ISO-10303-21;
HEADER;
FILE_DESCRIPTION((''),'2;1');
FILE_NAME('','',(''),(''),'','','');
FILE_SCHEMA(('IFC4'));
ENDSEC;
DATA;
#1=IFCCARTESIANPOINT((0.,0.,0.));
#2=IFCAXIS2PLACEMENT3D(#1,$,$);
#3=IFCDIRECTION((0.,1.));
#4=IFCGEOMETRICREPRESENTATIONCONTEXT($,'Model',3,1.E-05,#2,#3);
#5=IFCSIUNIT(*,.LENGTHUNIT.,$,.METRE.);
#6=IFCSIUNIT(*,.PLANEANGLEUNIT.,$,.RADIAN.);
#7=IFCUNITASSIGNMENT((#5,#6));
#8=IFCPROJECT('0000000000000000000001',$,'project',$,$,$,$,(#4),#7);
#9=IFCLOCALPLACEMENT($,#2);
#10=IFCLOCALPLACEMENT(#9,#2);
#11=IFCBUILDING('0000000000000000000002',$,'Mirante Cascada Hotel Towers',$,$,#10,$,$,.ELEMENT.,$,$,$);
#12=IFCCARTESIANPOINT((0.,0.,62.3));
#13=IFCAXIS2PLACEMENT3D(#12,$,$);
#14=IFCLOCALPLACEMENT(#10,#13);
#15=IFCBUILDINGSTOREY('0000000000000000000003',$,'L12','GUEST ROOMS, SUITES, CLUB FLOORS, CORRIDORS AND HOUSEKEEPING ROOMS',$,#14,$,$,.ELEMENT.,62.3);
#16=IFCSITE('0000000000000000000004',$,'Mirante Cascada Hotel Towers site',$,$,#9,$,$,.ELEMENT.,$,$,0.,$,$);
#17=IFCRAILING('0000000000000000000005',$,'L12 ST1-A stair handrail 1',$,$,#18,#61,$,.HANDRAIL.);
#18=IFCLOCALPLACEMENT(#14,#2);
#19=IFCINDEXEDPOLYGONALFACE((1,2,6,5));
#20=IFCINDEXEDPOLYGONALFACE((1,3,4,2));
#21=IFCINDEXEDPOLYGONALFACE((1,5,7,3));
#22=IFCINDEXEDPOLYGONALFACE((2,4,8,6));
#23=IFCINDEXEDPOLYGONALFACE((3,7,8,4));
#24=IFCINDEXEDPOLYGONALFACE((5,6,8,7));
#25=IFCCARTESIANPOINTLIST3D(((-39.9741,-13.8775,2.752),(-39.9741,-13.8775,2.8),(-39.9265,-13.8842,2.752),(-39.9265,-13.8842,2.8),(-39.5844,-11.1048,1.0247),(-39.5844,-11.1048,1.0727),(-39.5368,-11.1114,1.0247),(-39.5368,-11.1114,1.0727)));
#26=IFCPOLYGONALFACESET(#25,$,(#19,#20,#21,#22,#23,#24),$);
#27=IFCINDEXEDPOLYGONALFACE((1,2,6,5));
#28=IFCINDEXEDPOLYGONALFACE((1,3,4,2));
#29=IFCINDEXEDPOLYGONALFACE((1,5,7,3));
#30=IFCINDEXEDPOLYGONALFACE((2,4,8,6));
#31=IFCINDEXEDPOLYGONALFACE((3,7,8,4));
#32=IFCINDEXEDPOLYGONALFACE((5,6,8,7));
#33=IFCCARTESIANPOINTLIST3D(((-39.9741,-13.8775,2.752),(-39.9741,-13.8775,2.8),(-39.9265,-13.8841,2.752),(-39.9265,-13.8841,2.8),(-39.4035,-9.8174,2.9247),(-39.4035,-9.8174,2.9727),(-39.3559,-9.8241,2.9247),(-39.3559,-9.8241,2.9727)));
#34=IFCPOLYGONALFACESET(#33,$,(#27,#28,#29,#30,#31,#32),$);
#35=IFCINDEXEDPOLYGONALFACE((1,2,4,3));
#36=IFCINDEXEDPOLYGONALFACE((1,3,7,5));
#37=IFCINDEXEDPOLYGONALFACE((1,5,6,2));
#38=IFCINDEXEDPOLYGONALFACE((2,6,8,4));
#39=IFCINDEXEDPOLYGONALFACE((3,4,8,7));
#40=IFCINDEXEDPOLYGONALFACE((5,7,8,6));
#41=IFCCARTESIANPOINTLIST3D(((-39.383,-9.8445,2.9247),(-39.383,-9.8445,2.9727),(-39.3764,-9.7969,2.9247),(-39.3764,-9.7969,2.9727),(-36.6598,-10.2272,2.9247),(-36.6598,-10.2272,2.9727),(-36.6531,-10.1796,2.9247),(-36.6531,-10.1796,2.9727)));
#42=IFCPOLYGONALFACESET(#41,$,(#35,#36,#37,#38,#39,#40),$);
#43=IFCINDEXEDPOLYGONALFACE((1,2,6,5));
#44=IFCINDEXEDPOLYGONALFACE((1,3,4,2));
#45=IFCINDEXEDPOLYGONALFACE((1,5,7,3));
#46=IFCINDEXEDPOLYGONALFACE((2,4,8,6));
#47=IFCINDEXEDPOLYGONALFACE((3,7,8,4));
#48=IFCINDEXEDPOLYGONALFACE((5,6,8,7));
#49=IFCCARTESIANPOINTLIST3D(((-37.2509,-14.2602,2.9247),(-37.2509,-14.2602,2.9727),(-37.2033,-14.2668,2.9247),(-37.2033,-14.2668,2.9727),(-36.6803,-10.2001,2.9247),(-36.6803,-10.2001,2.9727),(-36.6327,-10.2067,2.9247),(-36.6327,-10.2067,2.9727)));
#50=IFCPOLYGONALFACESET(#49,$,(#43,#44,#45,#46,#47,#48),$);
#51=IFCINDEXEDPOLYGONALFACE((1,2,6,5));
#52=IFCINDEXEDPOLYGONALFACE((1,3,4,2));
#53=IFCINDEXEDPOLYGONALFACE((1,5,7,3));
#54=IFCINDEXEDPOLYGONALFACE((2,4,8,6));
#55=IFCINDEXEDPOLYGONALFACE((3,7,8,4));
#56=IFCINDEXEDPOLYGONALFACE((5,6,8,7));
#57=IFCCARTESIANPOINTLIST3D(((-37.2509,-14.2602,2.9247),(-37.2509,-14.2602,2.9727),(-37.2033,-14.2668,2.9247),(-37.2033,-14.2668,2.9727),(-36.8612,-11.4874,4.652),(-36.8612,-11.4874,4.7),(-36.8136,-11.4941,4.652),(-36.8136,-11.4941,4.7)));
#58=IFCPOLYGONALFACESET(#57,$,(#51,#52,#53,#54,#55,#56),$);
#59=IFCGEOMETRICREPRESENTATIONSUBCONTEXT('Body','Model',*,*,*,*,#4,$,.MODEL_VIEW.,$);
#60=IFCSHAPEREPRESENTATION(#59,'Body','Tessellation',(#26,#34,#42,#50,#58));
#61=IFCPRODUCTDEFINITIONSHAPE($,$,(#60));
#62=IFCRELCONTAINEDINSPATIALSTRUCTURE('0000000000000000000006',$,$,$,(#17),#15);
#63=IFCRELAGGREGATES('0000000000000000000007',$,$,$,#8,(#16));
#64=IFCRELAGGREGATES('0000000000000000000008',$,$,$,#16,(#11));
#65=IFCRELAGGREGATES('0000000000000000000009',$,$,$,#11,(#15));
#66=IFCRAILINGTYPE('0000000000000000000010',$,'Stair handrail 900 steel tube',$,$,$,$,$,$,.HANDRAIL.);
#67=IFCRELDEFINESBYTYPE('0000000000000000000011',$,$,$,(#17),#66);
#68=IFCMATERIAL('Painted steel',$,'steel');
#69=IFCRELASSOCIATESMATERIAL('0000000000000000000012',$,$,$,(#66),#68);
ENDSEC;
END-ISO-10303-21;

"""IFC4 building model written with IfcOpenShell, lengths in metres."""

from ifc_helpers import new_model, si_unit, direction, frame, origin, origin_2d, place, context, subcontext, project, spatial, rectangle, extrude, material, type_object, element, save


model = new_model("IFC4")

# Units and contexts
model_context = context("Model", 3, precision=1e-05, world=origin(), true_north=direction((0.0, 1.0)))
body_context = subcontext(model_context, "Body", "Model", "MODEL_VIEW")
ifc_project = project(units=[si_unit("LENGTHUNIT", "METRE"), si_unit("PLANEANGLEUNIT", "RADIAN")], contexts=[model_context])

# Site, building, storey
site_placement = place(None, origin())
site = spatial("IfcSite", under=ifc_project, at=site_placement, Name="Mirante Cascada Hotel Towers site", CompositionType="ELEMENT", RefElevation=0.0)
building_placement = place(site_placement, origin())
building = spatial("IfcBuilding", under=site, at=building_placement, Name="Mirante Cascada Hotel Towers", CompositionType="ELEMENT")
storey_placement = place(building_placement, frame((0.0, 0.0, 62.3)))
storey = spatial("IfcBuildingStorey", under=building, at=storey_placement, Name="L12", Description="GUEST ROOMS, SUITES, CLUB FLOORS, CORRIDORS AND HOUSEKEEPING ROOMS", CompositionType="ELEMENT", Elevation=62.3)

# Railing
ifc_material_1 = material(Name="Painted steel", Category="steel")
railing_type_1 = type_object("IfcRailingType", Name="Stair handrail 900 steel tube", PredefinedType="HANDRAIL", material=ifc_material_1)
railing_1_placement = place(storey_placement, frame((-39.5606, -11.1081, 0.1727)))
element("IfcRailing", 1, at=railing_1_placement, inside=storey, type_object=railing_type_1, Name="L12 ST1-A stair handrail 1", PredefinedType="HANDRAIL", context=body_context, shape_type="SweptSolid", body=[
    extrude(rectangle(XDim=0.048, YDim=0.048, at=origin_2d()), frame((0.0, 0.0, 0.876), z_axis=(-0.139181, -0.990267, 0.0), x_axis=(0.990267, -0.139181, 0.0)), (0.0, 0.525035, 0.851081), 3.2899),
    extrude(rectangle(XDim=0.048, YDim=0.048, at=origin_2d()), frame((-0.3897, -2.7727, 2.6033), z_axis=(0.139171, 0.990268, 0.0), x_axis=(-0.990268, 0.139171, 0.0)), (0.0, 0.042085, 0.999114), 4.1036),
    extrude(rectangle(XDim=0.048, YDim=0.048, at=origin_2d()), frame((0.1809, 1.2874, 2.776), z_axis=(0.990269, -0.139166, 0.0), x_axis=(0.139166, 0.990269, 0.0)), (0.0, 0.0, 1.0), 2.75),
    extrude(rectangle(XDim=0.048, YDim=0.048, at=origin_2d()), frame((2.9041, 0.9047, 2.776), z_axis=(-0.139171, -0.990268, 0.0), x_axis=(0.990268, -0.139171, 0.0)), (0.0, 0.0, 1.0), 4.1),
    extrude(rectangle(XDim=0.048, YDim=0.048, at=origin_2d()), frame((2.3335, -3.1554, 2.776), z_axis=(0.139181, 0.990267, 0.0), x_axis=(-0.990267, 0.139181, 0.0)), (0.0, 0.525035, 0.851081), 3.2899),
])

save(model, "model.ifc")
